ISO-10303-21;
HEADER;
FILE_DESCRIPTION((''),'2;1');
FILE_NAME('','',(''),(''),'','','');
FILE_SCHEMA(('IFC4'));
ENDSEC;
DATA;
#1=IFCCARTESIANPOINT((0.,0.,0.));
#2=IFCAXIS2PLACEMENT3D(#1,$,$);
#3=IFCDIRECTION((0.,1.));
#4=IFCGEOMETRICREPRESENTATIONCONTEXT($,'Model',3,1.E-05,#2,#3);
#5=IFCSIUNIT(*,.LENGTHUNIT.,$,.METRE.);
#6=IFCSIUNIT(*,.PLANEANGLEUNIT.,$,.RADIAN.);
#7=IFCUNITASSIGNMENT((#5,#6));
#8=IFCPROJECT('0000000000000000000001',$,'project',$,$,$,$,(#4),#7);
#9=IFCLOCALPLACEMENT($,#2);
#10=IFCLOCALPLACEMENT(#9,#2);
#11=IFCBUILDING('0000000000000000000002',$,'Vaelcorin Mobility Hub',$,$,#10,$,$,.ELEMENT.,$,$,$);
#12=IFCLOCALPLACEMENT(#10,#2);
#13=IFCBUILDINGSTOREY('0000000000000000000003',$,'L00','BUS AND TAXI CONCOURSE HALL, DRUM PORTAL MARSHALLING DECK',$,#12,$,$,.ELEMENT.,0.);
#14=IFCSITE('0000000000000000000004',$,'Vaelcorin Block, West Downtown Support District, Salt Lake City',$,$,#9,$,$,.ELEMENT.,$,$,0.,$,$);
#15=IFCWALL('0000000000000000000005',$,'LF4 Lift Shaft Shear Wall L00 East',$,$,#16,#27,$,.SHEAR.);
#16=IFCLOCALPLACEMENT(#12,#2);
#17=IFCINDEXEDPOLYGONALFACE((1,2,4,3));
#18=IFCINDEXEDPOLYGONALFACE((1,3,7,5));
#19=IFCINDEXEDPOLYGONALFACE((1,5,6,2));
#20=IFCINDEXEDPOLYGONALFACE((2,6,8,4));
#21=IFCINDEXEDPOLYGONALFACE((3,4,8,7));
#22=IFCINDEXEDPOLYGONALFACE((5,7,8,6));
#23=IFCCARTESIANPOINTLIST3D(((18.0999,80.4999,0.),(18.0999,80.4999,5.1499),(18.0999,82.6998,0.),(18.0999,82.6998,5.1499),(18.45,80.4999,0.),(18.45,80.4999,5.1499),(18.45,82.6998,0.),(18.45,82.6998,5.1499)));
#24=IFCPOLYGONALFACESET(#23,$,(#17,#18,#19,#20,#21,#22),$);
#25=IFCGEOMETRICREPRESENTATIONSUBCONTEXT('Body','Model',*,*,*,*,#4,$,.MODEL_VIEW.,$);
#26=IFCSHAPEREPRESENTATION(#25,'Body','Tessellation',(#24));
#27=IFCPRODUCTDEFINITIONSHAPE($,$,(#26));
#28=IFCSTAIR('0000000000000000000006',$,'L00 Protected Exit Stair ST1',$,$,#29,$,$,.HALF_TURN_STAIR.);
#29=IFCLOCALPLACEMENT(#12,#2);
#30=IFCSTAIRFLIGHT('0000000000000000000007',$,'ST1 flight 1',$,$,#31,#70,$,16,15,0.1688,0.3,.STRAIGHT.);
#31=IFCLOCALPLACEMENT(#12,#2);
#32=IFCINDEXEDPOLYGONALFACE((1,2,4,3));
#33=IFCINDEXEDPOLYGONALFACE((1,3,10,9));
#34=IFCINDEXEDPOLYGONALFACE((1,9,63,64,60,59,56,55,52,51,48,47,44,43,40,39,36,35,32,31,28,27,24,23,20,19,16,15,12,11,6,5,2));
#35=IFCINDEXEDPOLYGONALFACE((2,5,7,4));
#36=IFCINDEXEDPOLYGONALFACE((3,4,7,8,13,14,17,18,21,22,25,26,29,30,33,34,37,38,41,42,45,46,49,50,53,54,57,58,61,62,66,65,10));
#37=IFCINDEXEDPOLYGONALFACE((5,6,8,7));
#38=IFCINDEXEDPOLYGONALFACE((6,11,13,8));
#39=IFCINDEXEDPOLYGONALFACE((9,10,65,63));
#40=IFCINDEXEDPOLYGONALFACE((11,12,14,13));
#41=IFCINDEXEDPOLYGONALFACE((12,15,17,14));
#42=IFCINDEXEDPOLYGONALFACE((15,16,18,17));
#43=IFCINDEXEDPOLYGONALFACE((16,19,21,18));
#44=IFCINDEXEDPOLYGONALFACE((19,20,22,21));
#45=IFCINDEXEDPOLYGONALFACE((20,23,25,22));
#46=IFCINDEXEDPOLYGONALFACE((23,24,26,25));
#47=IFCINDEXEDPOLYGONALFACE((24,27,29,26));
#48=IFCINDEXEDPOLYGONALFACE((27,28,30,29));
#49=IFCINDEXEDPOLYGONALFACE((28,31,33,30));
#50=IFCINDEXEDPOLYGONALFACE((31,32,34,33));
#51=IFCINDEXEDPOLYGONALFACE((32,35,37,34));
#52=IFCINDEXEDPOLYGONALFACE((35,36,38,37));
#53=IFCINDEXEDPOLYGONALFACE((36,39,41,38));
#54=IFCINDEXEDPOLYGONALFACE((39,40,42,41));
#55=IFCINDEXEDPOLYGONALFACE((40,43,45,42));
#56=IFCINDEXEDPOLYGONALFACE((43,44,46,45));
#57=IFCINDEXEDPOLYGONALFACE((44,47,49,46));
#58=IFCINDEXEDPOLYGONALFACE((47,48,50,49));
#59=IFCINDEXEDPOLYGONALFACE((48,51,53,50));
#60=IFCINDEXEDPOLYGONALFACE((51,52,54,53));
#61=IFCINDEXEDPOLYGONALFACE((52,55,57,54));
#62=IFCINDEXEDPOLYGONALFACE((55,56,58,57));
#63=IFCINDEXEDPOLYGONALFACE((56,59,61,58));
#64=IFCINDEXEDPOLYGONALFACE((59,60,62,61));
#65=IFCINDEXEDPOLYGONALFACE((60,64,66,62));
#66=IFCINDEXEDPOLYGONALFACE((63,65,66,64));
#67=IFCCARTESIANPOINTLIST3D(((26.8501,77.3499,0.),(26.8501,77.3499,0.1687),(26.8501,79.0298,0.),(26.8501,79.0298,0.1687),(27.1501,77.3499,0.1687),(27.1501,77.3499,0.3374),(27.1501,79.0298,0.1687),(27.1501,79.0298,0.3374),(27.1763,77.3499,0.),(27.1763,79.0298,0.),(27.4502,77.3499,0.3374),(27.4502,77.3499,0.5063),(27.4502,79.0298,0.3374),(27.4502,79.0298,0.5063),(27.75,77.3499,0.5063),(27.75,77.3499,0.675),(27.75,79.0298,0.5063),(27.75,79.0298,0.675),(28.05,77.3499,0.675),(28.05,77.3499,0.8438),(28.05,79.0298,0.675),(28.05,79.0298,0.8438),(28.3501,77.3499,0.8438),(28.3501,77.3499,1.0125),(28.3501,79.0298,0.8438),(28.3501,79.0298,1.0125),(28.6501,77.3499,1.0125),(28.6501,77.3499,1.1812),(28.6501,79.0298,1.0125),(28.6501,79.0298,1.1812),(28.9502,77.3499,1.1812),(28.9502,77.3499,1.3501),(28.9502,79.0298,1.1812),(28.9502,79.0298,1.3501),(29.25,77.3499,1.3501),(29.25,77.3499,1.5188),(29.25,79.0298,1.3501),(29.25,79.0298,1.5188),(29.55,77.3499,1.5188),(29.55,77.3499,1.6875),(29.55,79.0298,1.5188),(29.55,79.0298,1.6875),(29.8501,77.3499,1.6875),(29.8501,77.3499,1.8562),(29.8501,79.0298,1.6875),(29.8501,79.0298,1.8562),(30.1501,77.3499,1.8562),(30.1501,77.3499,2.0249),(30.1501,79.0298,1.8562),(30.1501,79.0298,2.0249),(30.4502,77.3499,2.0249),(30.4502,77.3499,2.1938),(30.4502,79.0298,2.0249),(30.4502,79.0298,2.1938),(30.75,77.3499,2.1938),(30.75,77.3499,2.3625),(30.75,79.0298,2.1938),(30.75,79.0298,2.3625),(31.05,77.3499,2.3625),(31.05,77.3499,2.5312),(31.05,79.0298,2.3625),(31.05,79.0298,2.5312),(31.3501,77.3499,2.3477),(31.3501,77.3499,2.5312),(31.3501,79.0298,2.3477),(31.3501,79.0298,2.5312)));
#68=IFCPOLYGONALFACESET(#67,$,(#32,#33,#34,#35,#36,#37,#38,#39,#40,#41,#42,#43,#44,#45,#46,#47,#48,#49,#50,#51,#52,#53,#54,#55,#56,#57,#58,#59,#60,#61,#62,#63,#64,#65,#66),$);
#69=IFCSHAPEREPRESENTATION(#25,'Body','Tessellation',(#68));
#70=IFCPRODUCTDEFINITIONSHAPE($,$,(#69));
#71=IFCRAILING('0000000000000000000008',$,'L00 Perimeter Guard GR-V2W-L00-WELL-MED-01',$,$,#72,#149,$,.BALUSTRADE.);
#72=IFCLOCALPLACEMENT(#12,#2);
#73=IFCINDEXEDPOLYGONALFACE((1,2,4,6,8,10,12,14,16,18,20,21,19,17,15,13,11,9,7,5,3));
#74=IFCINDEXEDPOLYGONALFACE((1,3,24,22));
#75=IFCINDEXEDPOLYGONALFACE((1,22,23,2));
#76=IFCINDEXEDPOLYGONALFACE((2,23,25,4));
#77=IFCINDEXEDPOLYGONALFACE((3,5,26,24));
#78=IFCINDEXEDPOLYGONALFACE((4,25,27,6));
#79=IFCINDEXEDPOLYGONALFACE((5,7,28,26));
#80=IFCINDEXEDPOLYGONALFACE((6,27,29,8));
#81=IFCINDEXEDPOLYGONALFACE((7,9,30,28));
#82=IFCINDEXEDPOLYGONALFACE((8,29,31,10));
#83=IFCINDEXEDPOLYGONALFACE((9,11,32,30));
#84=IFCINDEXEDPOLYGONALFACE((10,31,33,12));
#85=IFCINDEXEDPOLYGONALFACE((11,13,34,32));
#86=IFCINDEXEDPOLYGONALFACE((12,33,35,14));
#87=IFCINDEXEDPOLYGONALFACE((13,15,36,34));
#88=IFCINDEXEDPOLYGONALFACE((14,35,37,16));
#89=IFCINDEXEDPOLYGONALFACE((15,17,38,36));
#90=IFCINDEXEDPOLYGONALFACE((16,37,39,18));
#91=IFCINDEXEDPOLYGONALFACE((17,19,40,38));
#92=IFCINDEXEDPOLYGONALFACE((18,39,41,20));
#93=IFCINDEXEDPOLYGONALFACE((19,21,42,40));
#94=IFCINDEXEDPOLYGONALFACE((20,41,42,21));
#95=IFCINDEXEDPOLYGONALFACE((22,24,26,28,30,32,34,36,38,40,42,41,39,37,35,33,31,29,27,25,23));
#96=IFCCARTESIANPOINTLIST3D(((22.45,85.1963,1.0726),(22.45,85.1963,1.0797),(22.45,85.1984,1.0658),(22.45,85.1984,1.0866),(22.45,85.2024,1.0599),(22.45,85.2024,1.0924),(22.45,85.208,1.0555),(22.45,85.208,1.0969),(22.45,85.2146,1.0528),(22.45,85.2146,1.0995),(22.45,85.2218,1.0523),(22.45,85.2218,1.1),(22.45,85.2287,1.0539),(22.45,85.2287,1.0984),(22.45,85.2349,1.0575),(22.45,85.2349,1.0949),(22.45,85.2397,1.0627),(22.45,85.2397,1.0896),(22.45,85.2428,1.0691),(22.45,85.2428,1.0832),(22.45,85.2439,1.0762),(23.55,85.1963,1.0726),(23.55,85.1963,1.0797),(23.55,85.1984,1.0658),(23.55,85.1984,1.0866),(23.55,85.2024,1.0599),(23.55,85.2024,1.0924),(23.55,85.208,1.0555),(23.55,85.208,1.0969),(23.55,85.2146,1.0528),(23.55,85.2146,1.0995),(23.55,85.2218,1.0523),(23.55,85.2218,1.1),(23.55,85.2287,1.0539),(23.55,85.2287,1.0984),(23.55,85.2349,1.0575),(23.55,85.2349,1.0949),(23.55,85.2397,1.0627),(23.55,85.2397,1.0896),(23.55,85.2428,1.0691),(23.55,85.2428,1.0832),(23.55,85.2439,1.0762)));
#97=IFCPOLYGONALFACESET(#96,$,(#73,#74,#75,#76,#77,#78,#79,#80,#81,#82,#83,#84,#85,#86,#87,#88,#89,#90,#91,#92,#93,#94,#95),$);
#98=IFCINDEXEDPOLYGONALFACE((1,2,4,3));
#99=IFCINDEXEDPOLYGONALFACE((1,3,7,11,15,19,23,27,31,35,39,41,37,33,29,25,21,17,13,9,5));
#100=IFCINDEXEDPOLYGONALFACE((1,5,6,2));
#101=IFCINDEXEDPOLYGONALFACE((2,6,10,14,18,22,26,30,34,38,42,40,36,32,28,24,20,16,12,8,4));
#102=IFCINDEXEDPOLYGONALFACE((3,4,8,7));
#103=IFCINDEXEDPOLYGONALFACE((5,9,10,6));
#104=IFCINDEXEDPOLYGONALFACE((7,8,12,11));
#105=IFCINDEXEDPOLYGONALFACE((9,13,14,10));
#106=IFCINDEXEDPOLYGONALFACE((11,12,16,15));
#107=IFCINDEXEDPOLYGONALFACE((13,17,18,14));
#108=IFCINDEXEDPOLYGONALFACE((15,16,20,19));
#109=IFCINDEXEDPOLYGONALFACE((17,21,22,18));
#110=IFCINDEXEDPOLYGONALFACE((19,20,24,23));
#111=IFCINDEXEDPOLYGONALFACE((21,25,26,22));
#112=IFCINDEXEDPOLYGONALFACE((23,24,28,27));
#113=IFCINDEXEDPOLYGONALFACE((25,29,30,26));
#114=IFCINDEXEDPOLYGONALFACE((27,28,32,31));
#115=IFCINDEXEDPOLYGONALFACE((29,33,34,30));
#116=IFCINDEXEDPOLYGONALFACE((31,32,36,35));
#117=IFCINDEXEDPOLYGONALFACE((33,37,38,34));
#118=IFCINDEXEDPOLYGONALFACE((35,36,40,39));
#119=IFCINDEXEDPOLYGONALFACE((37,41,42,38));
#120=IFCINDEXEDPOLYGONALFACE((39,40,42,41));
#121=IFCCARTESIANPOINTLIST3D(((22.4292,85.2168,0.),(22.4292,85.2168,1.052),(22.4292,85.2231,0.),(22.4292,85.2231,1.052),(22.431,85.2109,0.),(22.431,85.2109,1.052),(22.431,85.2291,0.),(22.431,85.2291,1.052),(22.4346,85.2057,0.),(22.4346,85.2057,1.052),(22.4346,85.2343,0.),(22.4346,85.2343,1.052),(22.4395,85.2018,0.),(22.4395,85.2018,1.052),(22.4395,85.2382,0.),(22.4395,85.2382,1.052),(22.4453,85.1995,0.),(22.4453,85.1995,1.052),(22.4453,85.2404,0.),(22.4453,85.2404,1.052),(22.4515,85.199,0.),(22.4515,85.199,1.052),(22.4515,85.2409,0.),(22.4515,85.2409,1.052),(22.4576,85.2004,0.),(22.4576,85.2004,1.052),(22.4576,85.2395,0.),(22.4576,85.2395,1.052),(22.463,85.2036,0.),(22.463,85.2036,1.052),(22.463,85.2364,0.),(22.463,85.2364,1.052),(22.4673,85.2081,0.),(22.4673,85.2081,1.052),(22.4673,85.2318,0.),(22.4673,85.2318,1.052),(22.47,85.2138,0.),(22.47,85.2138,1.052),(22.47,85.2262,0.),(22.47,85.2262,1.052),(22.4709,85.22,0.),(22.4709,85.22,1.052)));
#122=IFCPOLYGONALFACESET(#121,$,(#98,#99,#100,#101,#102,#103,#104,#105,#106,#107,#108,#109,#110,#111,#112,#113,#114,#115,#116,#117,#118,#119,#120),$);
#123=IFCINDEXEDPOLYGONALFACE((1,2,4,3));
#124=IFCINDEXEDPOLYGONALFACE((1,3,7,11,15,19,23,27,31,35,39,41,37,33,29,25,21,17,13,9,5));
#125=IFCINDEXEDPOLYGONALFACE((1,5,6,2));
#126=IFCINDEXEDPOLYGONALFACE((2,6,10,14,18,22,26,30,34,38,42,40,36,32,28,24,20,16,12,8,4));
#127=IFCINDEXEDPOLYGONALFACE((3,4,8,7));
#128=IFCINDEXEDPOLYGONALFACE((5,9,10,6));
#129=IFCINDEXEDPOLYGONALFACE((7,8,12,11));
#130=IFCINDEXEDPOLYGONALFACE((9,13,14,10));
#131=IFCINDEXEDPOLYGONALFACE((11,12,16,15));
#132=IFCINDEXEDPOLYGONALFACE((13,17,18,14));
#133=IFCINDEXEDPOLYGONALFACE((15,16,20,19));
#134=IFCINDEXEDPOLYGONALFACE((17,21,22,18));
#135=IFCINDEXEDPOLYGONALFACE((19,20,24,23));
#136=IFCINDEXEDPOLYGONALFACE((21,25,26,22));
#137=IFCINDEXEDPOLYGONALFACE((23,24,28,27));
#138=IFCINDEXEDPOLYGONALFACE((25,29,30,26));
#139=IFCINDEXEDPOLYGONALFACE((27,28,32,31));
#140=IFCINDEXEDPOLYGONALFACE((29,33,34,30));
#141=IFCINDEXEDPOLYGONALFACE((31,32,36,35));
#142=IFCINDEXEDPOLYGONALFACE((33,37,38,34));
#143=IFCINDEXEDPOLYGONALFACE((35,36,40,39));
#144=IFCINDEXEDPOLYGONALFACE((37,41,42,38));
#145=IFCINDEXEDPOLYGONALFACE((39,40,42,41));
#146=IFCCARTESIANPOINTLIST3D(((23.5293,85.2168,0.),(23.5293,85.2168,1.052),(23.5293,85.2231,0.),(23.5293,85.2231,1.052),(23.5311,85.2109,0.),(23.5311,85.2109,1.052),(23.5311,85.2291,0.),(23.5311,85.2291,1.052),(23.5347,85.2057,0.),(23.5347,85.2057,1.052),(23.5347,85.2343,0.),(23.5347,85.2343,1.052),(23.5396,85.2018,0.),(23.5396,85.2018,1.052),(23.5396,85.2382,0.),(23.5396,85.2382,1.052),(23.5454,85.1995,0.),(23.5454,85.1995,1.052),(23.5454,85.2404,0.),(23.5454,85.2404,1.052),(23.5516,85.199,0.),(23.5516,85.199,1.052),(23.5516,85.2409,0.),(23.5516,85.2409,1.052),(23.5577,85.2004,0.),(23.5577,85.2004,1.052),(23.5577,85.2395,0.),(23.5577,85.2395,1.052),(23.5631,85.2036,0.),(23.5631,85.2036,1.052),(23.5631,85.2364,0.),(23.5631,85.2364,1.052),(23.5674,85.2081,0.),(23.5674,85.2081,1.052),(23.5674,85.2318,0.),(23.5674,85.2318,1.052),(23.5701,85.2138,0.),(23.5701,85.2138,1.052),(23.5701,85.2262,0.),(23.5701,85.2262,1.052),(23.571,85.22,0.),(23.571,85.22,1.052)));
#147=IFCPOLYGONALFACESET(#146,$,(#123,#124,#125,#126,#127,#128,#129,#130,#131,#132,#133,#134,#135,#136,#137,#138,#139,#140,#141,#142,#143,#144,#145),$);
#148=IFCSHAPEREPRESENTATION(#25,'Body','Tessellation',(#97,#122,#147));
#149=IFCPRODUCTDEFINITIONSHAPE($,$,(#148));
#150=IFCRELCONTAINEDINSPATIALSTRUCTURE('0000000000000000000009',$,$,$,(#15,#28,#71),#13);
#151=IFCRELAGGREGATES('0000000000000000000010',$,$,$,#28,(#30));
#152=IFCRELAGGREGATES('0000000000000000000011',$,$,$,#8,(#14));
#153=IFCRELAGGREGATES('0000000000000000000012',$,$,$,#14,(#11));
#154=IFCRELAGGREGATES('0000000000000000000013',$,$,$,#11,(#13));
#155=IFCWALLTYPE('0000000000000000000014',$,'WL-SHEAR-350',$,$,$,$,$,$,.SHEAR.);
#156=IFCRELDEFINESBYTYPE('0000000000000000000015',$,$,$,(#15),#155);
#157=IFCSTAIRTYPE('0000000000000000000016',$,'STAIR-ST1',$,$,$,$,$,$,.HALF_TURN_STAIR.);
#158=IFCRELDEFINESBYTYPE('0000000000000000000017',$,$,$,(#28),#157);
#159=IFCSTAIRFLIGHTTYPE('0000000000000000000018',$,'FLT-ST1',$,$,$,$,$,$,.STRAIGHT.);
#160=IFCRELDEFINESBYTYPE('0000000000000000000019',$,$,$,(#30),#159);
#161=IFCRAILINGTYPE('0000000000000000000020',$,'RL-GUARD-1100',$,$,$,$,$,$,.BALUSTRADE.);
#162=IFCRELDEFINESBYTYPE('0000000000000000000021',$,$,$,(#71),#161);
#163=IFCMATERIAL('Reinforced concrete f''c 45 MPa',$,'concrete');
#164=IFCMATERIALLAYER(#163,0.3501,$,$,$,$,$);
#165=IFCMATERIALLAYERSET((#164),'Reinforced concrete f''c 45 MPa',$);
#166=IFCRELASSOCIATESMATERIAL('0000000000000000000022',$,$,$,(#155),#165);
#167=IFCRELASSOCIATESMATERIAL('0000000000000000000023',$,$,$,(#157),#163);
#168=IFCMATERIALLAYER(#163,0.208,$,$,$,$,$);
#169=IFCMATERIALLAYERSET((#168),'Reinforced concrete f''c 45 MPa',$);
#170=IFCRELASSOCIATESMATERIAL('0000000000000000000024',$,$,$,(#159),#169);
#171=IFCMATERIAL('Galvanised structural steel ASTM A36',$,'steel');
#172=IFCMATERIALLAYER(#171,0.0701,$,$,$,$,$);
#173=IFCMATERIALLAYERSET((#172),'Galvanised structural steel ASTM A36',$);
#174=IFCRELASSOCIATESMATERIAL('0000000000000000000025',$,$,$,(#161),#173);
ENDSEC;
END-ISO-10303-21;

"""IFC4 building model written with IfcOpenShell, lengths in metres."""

from ifc_helpers import new_model, si_unit, direction, frame, frame_2d, origin, origin_2d, place, context, subcontext, project, spatial, polyline, rectangle, circle, outline, extrude, material, layer, layer_set, type_object, element, aggregate, save


model = new_model("IFC4")

# Units and contexts
model_context = context("Model", 3, precision=1e-05, world=origin(), true_north=direction((0.0, 1.0)))
body_context = subcontext(model_context, "Body", "Model", "MODEL_VIEW")
ifc_project = project(units=[si_unit("LENGTHUNIT", "METRE"), si_unit("PLANEANGLEUNIT", "RADIAN")], contexts=[model_context])

# Site, building, storey
site_placement = place(None, origin())
site = spatial("IfcSite", under=ifc_project, at=site_placement, Name="Vaelcorin Block, West Downtown Support District, Salt Lake City", CompositionType="ELEMENT", RefElevation=0.0)
building_placement = place(site_placement, origin())
building = spatial("IfcBuilding", under=site, at=building_placement, Name="Vaelcorin Mobility Hub", CompositionType="ELEMENT")
storey_placement = place(building_placement, origin())
storey = spatial("IfcBuildingStorey", under=building, at=storey_placement, Name="L00", Description="BUS AND TAXI CONCOURSE HALL, DRUM PORTAL MARSHALLING DECK", CompositionType="ELEMENT", Elevation=0.0)

# Shared definitions
ifc_material_1 = material(Name="Reinforced concrete f'c 45 MPa", Category="concrete")

# Wall
ifc_layer_1 = layer(ifc_material_1, 0.3501)
ifc_layer_set_1 = layer_set([ifc_layer_1], Name="Reinforced concrete f'c 45 MPa")
wall_type_1 = type_object("IfcWallType", Name="WL-SHEAR-350", PredefinedType="SHEAR", material=ifc_layer_set_1)
wall_1_placement = place(storey_placement, frame((18.2749, 82.7, 0.0), z_axis=(0.0, 0.0, 1.0), x_axis=(0.0, -1.0, 0.0)))
element("IfcWall", 1, at=wall_1_placement, inside=storey, type_object=wall_type_1, Name="LF4 Lift Shaft Shear Wall L00 East", PredefinedType="SHEAR", context=body_context, shape_type="SweptSolid", body=[
    extrude(rectangle(XDim=2.2, YDim=0.3501, at=frame_2d((1.1001, 0.0))), origin(), (0.0, 0.0, 1.0), 5.1499),
])

# Stair, stair flight
stair_type = type_object("IfcStairType", Name="STAIR-ST1", PredefinedType="HALF_TURN_STAIR", material=ifc_material_1)
stair_placement = place(storey_placement, origin())
stair = element("IfcStair", 2, at=stair_placement, inside=storey, type_object=stair_type, Name="L00 Protected Exit Stair ST1", PredefinedType="HALF_TURN_STAIR")
ifc_layer_2 = layer(ifc_material_1, 0.208)
ifc_layer_set_2 = layer_set([ifc_layer_2], Name="Reinforced concrete f'c 45 MPa")
stair_flight_type = type_object("IfcStairFlightType", Name="FLT-ST1", PredefinedType="STRAIGHT", material=ifc_layer_set_2)
stair_flight_placement = place(storey_placement, frame((26.8501, 78.1899, 0.0), z_axis=(0.0, 0.0, 1.0), x_axis=(1.0, 0.0, 0.0)))
stair_flight = element("IfcStairFlight", 3, at=stair_flight_placement, type_object=stair_flight_type, Name="ST1 flight 1", NumberOfRisers=16, NumberOfTreads=15, PredefinedType="STRAIGHT", RiserHeight=0.1688, TreadLength=0.3, context=body_context, shape_type="SweptSolid", body=[
    extrude(outline(polyline([(0.0, 0.0), (0.0, 0.1687), (0.3, 0.1687), (0.3, 0.3374), (0.6001, 0.3374), (0.6001, 0.5063), (0.8999, 0.5063), (0.8999, 0.675), (1.2, 0.675), (1.2, 0.8438), (1.5, 0.8438), (1.5, 1.0125), (1.8, 1.0125), (1.8, 1.1812), (2.1001, 1.1812), (2.1001, 1.3501), (2.3999, 1.3501), (2.3999, 1.5188), (2.7, 1.5188), (2.7, 1.6875), (3.0, 1.6875), (3.0, 1.8562), (3.3, 1.8562), (3.3, 2.0249), (3.6001, 2.0249), (3.6001, 2.1938), (3.8999, 2.1938), (3.8999, 2.3625), (4.2, 2.3625), (4.2, 2.5312), (4.5, 2.5312), (4.5, 2.7), (4.5, 2.3477), (0.3262, 0.0), (0.0, 0.0)])), frame((0.0, 0.8398, 0.0), z_axis=(0.0, -1.0, 0.0), x_axis=(1.0, 0.0, 0.0)), (0.0, 0.0, 1.0), 1.6799),
])
aggregate(stair, [stair_flight])

# Railing
ifc_material_2 = material(Name="Galvanised structural steel ASTM A36", Category="steel")
ifc_layer_3 = layer(ifc_material_2, 0.0701)
ifc_layer_set_3 = layer_set([ifc_layer_3], Name="Galvanised structural steel ASTM A36")
railing_type_1 = type_object("IfcRailingType", Name="RL-GUARD-1100", PredefinedType="BALUSTRADE", material=ifc_layer_set_3)
railing_1_placement = place(storey_placement, frame((22.45, 85.22, 0.0)))
element("IfcRailing", 4, at=railing_1_placement, inside=storey, type_object=railing_type_1, Name="L00 Perimeter Guard GR-V2W-L00-WELL-MED-01", PredefinedType="BALUSTRADE", context=body_context, shape_type="SweptSolid", body=[
    extrude(circle(Radius=0.0239, at=origin_2d()), frame((0.0, 0.0, 1.0762), z_axis=(1.0, 0.0, 0.0), x_axis=(0.0, 1.0, 0.0)), (0.0, 0.0, 1.0), 1.1001),
    extrude(circle(Radius=0.021, at=origin_2d()), origin(), (0.0, 0.0, 1.0), 1.052),
    extrude(circle(Radius=0.021, at=origin_2d()), frame((1.1001, 0.0, 0.0)), (0.0, 0.0, 1.0), 1.052),
])

save(model, "model.ifc")
